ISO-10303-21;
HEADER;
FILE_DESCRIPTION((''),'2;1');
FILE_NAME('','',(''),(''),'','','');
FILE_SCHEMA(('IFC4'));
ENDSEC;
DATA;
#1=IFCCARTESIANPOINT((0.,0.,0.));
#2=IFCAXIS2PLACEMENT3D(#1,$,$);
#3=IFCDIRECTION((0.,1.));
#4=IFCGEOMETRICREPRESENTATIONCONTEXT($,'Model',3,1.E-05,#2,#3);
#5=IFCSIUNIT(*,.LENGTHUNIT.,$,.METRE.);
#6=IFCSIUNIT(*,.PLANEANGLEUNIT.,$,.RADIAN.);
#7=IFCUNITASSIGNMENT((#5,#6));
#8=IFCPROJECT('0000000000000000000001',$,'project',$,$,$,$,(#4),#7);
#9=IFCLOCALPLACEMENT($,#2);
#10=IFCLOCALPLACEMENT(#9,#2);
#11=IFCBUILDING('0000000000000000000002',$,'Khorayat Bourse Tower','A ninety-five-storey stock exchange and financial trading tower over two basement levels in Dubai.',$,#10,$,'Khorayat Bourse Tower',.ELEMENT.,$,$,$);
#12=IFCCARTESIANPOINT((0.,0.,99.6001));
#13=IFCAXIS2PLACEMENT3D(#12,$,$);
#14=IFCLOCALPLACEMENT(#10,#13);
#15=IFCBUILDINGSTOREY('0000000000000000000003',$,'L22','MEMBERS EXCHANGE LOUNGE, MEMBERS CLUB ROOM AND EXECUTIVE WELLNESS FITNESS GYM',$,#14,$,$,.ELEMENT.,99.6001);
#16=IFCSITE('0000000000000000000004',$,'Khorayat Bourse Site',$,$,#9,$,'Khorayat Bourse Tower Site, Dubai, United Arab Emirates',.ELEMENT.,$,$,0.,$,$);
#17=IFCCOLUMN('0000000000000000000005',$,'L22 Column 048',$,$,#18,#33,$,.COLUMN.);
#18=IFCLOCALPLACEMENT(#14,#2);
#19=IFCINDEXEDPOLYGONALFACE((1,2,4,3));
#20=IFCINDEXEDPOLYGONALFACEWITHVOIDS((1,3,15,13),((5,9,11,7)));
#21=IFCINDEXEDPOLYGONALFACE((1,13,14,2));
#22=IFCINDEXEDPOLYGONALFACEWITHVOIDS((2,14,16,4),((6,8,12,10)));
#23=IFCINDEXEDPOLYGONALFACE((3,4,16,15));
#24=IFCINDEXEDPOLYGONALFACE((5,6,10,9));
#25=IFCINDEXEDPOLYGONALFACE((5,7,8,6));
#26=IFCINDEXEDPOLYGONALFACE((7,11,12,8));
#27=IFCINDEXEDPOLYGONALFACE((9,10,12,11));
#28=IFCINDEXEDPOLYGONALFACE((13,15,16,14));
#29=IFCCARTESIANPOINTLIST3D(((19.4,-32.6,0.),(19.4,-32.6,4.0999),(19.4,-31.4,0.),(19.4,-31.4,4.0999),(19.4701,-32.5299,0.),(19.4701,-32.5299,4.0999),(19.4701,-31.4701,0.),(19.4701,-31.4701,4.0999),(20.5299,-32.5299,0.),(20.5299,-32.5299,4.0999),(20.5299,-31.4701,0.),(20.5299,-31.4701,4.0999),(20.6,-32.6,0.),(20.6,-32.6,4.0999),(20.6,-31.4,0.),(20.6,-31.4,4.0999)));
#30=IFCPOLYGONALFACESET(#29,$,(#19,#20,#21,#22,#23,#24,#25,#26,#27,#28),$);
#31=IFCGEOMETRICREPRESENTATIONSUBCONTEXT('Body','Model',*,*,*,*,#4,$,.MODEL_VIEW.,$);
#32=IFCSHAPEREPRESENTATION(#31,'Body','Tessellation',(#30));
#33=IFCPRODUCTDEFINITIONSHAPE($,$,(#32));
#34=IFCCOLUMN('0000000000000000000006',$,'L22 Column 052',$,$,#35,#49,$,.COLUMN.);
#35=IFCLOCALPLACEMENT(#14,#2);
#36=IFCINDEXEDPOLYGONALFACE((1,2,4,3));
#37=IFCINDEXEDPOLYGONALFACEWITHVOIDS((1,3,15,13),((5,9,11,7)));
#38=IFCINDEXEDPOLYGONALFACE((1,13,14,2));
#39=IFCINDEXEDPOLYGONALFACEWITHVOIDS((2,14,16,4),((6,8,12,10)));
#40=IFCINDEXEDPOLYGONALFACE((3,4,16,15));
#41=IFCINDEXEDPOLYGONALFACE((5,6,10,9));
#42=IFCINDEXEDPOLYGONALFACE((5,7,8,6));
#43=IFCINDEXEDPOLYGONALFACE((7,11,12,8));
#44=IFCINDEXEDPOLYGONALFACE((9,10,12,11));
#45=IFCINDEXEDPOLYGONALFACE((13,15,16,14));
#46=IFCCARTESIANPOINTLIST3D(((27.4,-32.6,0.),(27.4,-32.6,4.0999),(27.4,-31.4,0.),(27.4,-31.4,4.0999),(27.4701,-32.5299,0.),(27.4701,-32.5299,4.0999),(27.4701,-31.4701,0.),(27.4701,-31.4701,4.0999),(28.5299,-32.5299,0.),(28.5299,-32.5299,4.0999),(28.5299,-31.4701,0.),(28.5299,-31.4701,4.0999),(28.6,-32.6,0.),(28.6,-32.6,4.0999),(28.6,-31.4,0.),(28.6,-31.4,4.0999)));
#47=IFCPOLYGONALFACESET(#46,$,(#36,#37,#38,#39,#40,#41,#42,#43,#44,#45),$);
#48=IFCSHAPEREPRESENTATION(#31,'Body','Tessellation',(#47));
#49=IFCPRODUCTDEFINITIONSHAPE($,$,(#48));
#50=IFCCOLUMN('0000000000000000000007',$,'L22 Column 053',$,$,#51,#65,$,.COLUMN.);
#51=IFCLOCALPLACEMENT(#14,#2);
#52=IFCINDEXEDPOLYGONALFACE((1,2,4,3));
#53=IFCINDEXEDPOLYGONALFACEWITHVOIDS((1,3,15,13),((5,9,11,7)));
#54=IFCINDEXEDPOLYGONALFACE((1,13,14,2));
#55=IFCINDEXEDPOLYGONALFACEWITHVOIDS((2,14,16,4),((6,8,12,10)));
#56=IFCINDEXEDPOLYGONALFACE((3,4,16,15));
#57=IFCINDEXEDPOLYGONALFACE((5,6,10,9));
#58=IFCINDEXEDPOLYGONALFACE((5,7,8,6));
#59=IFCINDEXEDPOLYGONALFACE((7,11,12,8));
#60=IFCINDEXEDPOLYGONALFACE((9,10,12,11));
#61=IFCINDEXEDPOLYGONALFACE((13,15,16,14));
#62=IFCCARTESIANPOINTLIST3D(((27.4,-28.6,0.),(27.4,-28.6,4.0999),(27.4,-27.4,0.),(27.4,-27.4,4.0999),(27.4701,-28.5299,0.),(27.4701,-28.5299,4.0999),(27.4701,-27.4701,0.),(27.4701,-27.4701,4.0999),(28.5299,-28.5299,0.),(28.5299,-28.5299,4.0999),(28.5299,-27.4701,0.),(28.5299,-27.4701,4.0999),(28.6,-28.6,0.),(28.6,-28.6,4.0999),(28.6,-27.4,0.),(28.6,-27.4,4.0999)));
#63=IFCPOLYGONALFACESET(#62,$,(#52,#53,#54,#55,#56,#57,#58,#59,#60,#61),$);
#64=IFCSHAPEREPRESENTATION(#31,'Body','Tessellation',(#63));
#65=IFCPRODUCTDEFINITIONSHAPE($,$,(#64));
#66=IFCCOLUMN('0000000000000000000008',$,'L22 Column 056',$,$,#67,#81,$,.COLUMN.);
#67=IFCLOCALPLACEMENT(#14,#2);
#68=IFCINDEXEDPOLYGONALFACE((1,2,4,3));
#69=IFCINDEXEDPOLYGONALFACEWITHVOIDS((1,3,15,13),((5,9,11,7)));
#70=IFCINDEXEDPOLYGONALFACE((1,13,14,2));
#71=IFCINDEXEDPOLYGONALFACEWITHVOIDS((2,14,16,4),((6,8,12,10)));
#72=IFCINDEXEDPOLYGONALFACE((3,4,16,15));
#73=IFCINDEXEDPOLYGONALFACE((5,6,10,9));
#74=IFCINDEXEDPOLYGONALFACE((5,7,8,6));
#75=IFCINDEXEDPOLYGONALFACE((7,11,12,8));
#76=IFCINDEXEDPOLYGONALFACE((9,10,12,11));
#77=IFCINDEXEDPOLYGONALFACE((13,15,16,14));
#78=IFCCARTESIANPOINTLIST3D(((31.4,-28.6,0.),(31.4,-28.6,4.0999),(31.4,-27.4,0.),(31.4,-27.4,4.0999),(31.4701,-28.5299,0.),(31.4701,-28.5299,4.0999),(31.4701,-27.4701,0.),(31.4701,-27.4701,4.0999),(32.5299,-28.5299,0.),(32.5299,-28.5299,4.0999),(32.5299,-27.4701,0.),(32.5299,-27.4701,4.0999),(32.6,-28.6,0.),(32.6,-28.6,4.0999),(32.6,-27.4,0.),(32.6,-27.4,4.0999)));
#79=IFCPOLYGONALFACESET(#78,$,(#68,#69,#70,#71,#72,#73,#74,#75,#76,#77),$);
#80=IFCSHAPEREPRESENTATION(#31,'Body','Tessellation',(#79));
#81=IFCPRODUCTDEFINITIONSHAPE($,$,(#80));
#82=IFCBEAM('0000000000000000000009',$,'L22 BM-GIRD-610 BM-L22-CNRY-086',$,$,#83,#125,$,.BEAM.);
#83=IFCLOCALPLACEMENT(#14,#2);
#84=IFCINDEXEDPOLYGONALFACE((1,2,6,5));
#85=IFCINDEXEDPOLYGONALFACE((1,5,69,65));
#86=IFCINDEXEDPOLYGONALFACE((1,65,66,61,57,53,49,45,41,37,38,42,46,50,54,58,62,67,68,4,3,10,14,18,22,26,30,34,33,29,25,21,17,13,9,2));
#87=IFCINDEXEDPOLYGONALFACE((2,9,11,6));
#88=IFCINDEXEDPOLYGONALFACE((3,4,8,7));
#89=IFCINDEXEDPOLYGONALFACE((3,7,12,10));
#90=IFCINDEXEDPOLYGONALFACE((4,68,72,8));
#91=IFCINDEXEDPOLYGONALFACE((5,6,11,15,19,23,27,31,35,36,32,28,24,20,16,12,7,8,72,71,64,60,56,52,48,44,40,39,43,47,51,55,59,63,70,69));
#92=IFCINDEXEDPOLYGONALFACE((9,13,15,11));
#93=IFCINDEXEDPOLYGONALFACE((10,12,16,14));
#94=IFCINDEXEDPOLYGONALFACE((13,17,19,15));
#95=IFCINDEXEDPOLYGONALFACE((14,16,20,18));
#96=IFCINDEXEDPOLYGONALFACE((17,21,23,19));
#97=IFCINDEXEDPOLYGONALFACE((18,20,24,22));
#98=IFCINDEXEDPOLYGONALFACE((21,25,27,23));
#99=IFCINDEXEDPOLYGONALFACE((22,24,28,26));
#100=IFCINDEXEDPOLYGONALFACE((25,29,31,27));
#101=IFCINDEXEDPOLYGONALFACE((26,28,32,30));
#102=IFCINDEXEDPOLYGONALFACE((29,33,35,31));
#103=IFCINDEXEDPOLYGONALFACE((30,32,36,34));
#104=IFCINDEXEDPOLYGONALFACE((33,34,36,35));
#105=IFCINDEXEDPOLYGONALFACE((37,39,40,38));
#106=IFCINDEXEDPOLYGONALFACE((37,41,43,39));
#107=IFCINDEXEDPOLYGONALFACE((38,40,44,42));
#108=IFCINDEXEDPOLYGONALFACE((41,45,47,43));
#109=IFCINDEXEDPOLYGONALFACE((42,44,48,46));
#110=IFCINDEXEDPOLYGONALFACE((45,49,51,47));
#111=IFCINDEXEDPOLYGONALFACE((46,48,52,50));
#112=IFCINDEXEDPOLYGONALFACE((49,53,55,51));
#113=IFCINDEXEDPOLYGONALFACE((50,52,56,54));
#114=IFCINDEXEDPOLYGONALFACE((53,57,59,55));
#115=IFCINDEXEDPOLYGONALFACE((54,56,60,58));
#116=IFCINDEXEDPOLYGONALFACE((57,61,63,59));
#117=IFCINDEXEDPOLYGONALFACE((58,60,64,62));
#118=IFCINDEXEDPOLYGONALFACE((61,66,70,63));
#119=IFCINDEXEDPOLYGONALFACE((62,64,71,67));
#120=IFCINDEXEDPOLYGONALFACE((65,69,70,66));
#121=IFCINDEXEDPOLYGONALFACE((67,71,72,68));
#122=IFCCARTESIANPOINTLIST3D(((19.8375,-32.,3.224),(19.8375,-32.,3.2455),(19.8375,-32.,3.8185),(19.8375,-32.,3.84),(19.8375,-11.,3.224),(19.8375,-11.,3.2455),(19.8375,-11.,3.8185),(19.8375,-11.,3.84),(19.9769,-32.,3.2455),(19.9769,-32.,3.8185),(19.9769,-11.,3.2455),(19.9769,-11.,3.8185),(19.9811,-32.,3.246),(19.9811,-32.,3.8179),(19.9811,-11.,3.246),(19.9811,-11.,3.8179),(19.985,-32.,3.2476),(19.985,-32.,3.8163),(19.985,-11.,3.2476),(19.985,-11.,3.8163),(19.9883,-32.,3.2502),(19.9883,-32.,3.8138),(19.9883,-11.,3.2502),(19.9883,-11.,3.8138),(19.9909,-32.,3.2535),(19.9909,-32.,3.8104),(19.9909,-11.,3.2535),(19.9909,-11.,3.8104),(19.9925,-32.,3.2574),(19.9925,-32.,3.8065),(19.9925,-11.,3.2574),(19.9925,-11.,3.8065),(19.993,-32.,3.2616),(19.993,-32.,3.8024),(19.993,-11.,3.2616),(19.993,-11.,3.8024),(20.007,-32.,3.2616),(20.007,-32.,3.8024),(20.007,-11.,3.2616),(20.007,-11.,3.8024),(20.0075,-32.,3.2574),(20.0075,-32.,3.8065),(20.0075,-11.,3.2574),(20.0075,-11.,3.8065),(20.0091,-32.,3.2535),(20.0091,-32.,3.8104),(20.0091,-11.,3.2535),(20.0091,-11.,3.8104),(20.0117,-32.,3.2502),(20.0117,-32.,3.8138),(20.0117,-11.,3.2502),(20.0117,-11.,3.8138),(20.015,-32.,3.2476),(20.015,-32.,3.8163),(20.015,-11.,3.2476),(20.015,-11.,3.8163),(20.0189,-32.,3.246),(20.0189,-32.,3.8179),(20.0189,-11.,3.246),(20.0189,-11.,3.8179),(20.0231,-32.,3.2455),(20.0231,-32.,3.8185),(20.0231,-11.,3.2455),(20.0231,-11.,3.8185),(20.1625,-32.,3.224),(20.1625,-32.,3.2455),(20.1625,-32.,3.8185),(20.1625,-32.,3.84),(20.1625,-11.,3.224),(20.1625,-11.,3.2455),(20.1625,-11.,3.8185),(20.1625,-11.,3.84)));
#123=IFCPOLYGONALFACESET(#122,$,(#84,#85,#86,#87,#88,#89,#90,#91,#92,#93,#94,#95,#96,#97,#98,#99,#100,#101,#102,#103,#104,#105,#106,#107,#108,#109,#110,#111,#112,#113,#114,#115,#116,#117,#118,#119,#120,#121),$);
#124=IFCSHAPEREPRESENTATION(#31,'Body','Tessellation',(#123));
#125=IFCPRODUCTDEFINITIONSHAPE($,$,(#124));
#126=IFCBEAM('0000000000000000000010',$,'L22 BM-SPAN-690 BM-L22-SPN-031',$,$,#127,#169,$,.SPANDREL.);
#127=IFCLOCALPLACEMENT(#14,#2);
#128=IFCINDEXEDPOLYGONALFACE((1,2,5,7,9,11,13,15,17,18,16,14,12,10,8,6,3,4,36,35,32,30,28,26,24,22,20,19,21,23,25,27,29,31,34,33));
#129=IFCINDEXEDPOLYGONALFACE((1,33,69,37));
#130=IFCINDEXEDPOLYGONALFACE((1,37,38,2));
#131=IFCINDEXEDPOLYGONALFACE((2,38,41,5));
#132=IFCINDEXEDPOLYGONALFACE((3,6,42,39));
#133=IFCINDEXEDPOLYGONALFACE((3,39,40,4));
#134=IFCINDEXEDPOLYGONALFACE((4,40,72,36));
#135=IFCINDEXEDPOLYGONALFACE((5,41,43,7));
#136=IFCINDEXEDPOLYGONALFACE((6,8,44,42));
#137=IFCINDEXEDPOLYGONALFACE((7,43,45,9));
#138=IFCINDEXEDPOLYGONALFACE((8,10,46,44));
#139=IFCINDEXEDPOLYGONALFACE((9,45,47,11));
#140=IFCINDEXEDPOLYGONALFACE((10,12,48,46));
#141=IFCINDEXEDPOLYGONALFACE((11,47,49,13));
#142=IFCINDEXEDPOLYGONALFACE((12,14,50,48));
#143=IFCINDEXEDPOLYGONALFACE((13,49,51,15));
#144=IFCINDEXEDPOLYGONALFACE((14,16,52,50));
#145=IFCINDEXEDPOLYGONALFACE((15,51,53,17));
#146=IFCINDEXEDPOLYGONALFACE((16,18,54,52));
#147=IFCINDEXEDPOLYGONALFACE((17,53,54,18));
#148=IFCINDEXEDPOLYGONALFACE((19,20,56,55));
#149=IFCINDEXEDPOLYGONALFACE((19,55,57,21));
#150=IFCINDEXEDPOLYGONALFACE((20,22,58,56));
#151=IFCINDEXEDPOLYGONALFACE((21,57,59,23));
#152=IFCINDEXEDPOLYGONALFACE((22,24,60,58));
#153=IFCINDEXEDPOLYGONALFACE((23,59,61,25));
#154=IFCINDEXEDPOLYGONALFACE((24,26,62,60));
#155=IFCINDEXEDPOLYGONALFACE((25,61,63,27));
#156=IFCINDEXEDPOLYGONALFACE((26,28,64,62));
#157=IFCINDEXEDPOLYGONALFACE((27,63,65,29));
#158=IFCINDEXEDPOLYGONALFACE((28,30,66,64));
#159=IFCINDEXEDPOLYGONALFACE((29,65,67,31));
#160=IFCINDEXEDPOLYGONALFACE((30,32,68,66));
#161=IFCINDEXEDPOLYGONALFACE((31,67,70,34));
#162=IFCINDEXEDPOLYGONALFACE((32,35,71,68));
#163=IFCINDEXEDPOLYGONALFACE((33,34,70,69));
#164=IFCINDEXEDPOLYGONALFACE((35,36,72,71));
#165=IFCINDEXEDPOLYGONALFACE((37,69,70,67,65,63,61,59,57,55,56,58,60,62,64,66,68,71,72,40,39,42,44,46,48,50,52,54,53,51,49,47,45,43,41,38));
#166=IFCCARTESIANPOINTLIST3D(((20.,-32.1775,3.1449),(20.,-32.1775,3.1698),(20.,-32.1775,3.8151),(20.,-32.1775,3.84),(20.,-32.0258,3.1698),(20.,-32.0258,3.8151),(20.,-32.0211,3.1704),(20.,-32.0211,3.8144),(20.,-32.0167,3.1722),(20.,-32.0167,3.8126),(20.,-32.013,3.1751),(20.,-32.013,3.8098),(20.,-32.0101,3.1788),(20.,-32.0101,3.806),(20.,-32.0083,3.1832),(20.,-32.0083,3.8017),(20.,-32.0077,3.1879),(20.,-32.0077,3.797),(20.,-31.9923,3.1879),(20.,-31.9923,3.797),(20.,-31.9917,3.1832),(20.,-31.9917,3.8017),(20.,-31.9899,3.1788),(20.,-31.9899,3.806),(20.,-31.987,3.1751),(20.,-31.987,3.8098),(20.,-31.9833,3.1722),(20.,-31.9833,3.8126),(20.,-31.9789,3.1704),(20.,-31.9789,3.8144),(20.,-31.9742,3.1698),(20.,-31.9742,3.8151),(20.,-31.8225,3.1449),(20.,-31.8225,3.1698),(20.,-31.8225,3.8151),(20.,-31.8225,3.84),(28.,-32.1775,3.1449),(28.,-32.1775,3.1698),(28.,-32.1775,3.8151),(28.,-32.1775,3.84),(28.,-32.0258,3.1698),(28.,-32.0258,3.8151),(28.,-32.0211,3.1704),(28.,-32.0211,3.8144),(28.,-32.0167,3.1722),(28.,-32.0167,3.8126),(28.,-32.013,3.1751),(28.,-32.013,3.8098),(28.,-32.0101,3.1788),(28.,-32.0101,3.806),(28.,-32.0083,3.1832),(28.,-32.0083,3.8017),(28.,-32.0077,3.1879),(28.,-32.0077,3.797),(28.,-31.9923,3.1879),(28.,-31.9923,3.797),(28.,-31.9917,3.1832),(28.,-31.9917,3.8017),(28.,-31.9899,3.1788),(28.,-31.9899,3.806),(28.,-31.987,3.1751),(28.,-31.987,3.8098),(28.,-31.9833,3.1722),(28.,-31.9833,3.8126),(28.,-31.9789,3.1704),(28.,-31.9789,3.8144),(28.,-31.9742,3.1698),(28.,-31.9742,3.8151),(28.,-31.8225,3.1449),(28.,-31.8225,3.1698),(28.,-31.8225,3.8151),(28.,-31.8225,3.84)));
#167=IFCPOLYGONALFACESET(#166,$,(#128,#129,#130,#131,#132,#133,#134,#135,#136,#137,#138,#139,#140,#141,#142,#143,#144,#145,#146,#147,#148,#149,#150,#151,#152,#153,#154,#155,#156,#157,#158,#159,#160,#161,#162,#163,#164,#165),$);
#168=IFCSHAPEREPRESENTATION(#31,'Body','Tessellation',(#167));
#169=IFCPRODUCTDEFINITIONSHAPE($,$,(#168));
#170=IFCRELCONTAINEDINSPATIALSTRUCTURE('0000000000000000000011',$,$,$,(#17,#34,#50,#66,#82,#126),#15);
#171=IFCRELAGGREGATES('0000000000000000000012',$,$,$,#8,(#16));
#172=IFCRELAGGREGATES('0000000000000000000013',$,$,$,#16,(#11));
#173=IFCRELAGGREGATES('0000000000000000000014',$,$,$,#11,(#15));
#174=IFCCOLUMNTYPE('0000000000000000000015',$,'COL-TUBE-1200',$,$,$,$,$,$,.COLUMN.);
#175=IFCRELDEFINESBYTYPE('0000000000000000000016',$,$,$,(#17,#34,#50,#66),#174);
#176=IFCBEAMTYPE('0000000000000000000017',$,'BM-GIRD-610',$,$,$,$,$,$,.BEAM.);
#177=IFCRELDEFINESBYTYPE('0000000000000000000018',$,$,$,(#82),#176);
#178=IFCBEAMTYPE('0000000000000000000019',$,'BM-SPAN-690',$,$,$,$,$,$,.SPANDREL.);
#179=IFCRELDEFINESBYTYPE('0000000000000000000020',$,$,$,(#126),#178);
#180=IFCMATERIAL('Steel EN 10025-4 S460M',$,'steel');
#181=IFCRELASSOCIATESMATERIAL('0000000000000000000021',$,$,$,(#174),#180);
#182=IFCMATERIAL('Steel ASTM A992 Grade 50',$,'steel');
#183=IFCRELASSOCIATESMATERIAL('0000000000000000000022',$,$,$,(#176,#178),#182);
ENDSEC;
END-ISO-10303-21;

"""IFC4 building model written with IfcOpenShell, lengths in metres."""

from ifc_helpers import new_model, si_unit, direction, frame, origin, origin_2d, place, context, subcontext, project, spatial, hollow_rectangle, i_section, extrude, source, transform, mapped, material, material_profile, profile_set, type_object, element, save


model = new_model("IFC4")

# Units and contexts
model_context = context("Model", 3, precision=1e-05, world=origin(), true_north=direction((0.0, 1.0)))
body_context = subcontext(model_context, "Body", "Model", "MODEL_VIEW")
ifc_project = project(units=[si_unit("LENGTHUNIT", "METRE"), si_unit("PLANEANGLEUNIT", "RADIAN")], contexts=[model_context])

# Site, building, storey
site_placement = place(None, origin())
site = spatial("IfcSite", under=ifc_project, at=site_placement, Name="Khorayat Bourse Site", LongName="Khorayat Bourse Tower Site, Dubai, United Arab Emirates", CompositionType="ELEMENT", RefElevation=0.0)
building_placement = place(site_placement, origin())
building = spatial("IfcBuilding", under=site, at=building_placement, Name="Khorayat Bourse Tower", Description="A ninety-five-storey stock exchange and financial trading tower over two basement levels in Dubai.", LongName="Khorayat Bourse Tower", CompositionType="ELEMENT")
storey_placement = place(building_placement, frame((0.0, 0.0, 99.6001)))
storey = spatial("IfcBuildingStorey", under=building, at=storey_placement, Name="L22", Description="MEMBERS EXCHANGE LOUNGE, MEMBERS CLUB ROOM AND EXECUTIVE WELLNESS FITNESS GYM", CompositionType="ELEMENT", Elevation=99.6001)

# Columns
ifc_material_1 = material(Name="Steel EN 10025-4 S460M", Category="steel")
ifc_material_profile_1 = material_profile(ifc_material_1, hollow_rectangle(XDim=1.2, YDim=1.2, WallThickness=0.0701, at=origin_2d()), Name="BOX 1200x1200x70")
ifc_profile_set_1 = profile_set([ifc_material_profile_1], Name="Steel EN 10025-4 S460M")
column_type = type_object("IfcColumnType", Name="COL-TUBE-1200", PredefinedType="COLUMN", material=ifc_profile_set_1)
shared_shape_1 = source(origin(), body_context, "Body", "SweptSolid", [
    extrude(hollow_rectangle(XDim=1.2, YDim=1.2, WallThickness=0.0701, at=origin_2d()), origin(), (0.0, 0.0, 1.0), 4.0999),
])
for number, where, z_axis, x_axis, name in (
    (1, (20.0, -32.0, 0.0), (0.0, 0.0, 1.0), (1.0, 0.0, 0.0), "L22 Column 048"),
    (2, (28.0, -32.0, 0.0), (0.0, 0.0, 1.0), (1.0, 0.0, 0.0), "L22 Column 052"),
    (3, (28.0, -28.0, 0.0), (0.0, 0.0, 1.0), (1.0, 0.0, 0.0), "L22 Column 053"),
    (4, (32.0, -28.0, 0.0), (0.0, 0.0, 1.0), (1.0, 0.0, 0.0), "L22 Column 056"),
):
    element("IfcColumn", number, at=place(storey_placement, frame(where, z_axis=z_axis, x_axis=x_axis)), inside=storey, type_object=column_type, Name=name, PredefinedType="COLUMN", context=body_context, shape_type="MappedRepresentation", body=[
        mapped(shared_shape_1, transform((0.0, 0.0, 0.0), scale=1.0)),
    ])

# Beams
ifc_material_2 = material(Name="Steel ASTM A992 Grade 50", Category="steel")
ifc_material_profile_2 = material_profile(ifc_material_2, i_section(OverallWidth=0.325, OverallDepth=0.616, WebThickness=0.0139, FlangeThickness=0.0215, FilletRadius=0.0161, at=origin_2d()), Name="W610X174")
ifc_profile_set_2 = profile_set([ifc_material_profile_2], Name="Steel ASTM A992 Grade 50")
beam_type_1 = type_object("IfcBeamType", Name="BM-GIRD-610", PredefinedType="BEAM", material=ifc_profile_set_2)
shared_shape_2 = source(origin(), body_context, "Body", "SweptSolid", [
    extrude(i_section(OverallWidth=0.325, OverallDepth=0.616, WebThickness=0.0139, FlangeThickness=0.0215, FilletRadius=0.0161, at=origin_2d()), origin(), (0.0, 0.0, 1.0), 21.0),
])
beam_1_placement = place(storey_placement, frame((20.0, -32.0, 3.532), z_axis=(0.0, 1.0, 0.0), x_axis=(-1.0, 0.0, 0.0)))
element("IfcBeam", 5, at=beam_1_placement, inside=storey, type_object=beam_type_1, Name="L22 BM-GIRD-610 BM-L22-CNRY-086", PredefinedType="BEAM", context=body_context, shape_type="MappedRepresentation", body=[
    mapped(shared_shape_2, transform((0.0, 0.0, 0.0), scale=1.0)),
])
ifc_material_profile_3 = material_profile(ifc_material_2, i_section(OverallWidth=0.355, OverallDepth=0.6951, WebThickness=0.0154, FlangeThickness=0.0249, FilletRadius=0.0181, at=origin_2d()), Name="W690X217")
ifc_profile_set_3 = profile_set([ifc_material_profile_3], Name="Steel ASTM A992 Grade 50")
beam_type_2 = type_object("IfcBeamType", Name="BM-SPAN-690", PredefinedType="SPANDREL", material=ifc_profile_set_3)
shared_shape_3 = source(origin(), body_context, "Body", "SweptSolid", [
    extrude(i_section(OverallWidth=0.355, OverallDepth=0.6951, WebThickness=0.0154, FlangeThickness=0.0249, FilletRadius=0.0181, at=origin_2d()), origin(), (0.0, 0.0, 1.0), 8.0),
])
for number, where, z_axis, x_axis, name in (
    (6, (20.0, -32.0, 3.4924), (1.0, 0.0, 0.0), (0.0, 1.0, 0.0), "L22 BM-SPAN-690 BM-L22-SPN-031"),
):
    element("IfcBeam", number, at=place(storey_placement, frame(where, z_axis=z_axis, x_axis=x_axis)), inside=storey, type_object=beam_type_2, Name=name, PredefinedType="SPANDREL", context=body_context, shape_type="MappedRepresentation", body=[
        mapped(shared_shape_3, transform((0.0, 0.0, 0.0), scale=1.0)),
    ])

save(model, "model.ifc")
